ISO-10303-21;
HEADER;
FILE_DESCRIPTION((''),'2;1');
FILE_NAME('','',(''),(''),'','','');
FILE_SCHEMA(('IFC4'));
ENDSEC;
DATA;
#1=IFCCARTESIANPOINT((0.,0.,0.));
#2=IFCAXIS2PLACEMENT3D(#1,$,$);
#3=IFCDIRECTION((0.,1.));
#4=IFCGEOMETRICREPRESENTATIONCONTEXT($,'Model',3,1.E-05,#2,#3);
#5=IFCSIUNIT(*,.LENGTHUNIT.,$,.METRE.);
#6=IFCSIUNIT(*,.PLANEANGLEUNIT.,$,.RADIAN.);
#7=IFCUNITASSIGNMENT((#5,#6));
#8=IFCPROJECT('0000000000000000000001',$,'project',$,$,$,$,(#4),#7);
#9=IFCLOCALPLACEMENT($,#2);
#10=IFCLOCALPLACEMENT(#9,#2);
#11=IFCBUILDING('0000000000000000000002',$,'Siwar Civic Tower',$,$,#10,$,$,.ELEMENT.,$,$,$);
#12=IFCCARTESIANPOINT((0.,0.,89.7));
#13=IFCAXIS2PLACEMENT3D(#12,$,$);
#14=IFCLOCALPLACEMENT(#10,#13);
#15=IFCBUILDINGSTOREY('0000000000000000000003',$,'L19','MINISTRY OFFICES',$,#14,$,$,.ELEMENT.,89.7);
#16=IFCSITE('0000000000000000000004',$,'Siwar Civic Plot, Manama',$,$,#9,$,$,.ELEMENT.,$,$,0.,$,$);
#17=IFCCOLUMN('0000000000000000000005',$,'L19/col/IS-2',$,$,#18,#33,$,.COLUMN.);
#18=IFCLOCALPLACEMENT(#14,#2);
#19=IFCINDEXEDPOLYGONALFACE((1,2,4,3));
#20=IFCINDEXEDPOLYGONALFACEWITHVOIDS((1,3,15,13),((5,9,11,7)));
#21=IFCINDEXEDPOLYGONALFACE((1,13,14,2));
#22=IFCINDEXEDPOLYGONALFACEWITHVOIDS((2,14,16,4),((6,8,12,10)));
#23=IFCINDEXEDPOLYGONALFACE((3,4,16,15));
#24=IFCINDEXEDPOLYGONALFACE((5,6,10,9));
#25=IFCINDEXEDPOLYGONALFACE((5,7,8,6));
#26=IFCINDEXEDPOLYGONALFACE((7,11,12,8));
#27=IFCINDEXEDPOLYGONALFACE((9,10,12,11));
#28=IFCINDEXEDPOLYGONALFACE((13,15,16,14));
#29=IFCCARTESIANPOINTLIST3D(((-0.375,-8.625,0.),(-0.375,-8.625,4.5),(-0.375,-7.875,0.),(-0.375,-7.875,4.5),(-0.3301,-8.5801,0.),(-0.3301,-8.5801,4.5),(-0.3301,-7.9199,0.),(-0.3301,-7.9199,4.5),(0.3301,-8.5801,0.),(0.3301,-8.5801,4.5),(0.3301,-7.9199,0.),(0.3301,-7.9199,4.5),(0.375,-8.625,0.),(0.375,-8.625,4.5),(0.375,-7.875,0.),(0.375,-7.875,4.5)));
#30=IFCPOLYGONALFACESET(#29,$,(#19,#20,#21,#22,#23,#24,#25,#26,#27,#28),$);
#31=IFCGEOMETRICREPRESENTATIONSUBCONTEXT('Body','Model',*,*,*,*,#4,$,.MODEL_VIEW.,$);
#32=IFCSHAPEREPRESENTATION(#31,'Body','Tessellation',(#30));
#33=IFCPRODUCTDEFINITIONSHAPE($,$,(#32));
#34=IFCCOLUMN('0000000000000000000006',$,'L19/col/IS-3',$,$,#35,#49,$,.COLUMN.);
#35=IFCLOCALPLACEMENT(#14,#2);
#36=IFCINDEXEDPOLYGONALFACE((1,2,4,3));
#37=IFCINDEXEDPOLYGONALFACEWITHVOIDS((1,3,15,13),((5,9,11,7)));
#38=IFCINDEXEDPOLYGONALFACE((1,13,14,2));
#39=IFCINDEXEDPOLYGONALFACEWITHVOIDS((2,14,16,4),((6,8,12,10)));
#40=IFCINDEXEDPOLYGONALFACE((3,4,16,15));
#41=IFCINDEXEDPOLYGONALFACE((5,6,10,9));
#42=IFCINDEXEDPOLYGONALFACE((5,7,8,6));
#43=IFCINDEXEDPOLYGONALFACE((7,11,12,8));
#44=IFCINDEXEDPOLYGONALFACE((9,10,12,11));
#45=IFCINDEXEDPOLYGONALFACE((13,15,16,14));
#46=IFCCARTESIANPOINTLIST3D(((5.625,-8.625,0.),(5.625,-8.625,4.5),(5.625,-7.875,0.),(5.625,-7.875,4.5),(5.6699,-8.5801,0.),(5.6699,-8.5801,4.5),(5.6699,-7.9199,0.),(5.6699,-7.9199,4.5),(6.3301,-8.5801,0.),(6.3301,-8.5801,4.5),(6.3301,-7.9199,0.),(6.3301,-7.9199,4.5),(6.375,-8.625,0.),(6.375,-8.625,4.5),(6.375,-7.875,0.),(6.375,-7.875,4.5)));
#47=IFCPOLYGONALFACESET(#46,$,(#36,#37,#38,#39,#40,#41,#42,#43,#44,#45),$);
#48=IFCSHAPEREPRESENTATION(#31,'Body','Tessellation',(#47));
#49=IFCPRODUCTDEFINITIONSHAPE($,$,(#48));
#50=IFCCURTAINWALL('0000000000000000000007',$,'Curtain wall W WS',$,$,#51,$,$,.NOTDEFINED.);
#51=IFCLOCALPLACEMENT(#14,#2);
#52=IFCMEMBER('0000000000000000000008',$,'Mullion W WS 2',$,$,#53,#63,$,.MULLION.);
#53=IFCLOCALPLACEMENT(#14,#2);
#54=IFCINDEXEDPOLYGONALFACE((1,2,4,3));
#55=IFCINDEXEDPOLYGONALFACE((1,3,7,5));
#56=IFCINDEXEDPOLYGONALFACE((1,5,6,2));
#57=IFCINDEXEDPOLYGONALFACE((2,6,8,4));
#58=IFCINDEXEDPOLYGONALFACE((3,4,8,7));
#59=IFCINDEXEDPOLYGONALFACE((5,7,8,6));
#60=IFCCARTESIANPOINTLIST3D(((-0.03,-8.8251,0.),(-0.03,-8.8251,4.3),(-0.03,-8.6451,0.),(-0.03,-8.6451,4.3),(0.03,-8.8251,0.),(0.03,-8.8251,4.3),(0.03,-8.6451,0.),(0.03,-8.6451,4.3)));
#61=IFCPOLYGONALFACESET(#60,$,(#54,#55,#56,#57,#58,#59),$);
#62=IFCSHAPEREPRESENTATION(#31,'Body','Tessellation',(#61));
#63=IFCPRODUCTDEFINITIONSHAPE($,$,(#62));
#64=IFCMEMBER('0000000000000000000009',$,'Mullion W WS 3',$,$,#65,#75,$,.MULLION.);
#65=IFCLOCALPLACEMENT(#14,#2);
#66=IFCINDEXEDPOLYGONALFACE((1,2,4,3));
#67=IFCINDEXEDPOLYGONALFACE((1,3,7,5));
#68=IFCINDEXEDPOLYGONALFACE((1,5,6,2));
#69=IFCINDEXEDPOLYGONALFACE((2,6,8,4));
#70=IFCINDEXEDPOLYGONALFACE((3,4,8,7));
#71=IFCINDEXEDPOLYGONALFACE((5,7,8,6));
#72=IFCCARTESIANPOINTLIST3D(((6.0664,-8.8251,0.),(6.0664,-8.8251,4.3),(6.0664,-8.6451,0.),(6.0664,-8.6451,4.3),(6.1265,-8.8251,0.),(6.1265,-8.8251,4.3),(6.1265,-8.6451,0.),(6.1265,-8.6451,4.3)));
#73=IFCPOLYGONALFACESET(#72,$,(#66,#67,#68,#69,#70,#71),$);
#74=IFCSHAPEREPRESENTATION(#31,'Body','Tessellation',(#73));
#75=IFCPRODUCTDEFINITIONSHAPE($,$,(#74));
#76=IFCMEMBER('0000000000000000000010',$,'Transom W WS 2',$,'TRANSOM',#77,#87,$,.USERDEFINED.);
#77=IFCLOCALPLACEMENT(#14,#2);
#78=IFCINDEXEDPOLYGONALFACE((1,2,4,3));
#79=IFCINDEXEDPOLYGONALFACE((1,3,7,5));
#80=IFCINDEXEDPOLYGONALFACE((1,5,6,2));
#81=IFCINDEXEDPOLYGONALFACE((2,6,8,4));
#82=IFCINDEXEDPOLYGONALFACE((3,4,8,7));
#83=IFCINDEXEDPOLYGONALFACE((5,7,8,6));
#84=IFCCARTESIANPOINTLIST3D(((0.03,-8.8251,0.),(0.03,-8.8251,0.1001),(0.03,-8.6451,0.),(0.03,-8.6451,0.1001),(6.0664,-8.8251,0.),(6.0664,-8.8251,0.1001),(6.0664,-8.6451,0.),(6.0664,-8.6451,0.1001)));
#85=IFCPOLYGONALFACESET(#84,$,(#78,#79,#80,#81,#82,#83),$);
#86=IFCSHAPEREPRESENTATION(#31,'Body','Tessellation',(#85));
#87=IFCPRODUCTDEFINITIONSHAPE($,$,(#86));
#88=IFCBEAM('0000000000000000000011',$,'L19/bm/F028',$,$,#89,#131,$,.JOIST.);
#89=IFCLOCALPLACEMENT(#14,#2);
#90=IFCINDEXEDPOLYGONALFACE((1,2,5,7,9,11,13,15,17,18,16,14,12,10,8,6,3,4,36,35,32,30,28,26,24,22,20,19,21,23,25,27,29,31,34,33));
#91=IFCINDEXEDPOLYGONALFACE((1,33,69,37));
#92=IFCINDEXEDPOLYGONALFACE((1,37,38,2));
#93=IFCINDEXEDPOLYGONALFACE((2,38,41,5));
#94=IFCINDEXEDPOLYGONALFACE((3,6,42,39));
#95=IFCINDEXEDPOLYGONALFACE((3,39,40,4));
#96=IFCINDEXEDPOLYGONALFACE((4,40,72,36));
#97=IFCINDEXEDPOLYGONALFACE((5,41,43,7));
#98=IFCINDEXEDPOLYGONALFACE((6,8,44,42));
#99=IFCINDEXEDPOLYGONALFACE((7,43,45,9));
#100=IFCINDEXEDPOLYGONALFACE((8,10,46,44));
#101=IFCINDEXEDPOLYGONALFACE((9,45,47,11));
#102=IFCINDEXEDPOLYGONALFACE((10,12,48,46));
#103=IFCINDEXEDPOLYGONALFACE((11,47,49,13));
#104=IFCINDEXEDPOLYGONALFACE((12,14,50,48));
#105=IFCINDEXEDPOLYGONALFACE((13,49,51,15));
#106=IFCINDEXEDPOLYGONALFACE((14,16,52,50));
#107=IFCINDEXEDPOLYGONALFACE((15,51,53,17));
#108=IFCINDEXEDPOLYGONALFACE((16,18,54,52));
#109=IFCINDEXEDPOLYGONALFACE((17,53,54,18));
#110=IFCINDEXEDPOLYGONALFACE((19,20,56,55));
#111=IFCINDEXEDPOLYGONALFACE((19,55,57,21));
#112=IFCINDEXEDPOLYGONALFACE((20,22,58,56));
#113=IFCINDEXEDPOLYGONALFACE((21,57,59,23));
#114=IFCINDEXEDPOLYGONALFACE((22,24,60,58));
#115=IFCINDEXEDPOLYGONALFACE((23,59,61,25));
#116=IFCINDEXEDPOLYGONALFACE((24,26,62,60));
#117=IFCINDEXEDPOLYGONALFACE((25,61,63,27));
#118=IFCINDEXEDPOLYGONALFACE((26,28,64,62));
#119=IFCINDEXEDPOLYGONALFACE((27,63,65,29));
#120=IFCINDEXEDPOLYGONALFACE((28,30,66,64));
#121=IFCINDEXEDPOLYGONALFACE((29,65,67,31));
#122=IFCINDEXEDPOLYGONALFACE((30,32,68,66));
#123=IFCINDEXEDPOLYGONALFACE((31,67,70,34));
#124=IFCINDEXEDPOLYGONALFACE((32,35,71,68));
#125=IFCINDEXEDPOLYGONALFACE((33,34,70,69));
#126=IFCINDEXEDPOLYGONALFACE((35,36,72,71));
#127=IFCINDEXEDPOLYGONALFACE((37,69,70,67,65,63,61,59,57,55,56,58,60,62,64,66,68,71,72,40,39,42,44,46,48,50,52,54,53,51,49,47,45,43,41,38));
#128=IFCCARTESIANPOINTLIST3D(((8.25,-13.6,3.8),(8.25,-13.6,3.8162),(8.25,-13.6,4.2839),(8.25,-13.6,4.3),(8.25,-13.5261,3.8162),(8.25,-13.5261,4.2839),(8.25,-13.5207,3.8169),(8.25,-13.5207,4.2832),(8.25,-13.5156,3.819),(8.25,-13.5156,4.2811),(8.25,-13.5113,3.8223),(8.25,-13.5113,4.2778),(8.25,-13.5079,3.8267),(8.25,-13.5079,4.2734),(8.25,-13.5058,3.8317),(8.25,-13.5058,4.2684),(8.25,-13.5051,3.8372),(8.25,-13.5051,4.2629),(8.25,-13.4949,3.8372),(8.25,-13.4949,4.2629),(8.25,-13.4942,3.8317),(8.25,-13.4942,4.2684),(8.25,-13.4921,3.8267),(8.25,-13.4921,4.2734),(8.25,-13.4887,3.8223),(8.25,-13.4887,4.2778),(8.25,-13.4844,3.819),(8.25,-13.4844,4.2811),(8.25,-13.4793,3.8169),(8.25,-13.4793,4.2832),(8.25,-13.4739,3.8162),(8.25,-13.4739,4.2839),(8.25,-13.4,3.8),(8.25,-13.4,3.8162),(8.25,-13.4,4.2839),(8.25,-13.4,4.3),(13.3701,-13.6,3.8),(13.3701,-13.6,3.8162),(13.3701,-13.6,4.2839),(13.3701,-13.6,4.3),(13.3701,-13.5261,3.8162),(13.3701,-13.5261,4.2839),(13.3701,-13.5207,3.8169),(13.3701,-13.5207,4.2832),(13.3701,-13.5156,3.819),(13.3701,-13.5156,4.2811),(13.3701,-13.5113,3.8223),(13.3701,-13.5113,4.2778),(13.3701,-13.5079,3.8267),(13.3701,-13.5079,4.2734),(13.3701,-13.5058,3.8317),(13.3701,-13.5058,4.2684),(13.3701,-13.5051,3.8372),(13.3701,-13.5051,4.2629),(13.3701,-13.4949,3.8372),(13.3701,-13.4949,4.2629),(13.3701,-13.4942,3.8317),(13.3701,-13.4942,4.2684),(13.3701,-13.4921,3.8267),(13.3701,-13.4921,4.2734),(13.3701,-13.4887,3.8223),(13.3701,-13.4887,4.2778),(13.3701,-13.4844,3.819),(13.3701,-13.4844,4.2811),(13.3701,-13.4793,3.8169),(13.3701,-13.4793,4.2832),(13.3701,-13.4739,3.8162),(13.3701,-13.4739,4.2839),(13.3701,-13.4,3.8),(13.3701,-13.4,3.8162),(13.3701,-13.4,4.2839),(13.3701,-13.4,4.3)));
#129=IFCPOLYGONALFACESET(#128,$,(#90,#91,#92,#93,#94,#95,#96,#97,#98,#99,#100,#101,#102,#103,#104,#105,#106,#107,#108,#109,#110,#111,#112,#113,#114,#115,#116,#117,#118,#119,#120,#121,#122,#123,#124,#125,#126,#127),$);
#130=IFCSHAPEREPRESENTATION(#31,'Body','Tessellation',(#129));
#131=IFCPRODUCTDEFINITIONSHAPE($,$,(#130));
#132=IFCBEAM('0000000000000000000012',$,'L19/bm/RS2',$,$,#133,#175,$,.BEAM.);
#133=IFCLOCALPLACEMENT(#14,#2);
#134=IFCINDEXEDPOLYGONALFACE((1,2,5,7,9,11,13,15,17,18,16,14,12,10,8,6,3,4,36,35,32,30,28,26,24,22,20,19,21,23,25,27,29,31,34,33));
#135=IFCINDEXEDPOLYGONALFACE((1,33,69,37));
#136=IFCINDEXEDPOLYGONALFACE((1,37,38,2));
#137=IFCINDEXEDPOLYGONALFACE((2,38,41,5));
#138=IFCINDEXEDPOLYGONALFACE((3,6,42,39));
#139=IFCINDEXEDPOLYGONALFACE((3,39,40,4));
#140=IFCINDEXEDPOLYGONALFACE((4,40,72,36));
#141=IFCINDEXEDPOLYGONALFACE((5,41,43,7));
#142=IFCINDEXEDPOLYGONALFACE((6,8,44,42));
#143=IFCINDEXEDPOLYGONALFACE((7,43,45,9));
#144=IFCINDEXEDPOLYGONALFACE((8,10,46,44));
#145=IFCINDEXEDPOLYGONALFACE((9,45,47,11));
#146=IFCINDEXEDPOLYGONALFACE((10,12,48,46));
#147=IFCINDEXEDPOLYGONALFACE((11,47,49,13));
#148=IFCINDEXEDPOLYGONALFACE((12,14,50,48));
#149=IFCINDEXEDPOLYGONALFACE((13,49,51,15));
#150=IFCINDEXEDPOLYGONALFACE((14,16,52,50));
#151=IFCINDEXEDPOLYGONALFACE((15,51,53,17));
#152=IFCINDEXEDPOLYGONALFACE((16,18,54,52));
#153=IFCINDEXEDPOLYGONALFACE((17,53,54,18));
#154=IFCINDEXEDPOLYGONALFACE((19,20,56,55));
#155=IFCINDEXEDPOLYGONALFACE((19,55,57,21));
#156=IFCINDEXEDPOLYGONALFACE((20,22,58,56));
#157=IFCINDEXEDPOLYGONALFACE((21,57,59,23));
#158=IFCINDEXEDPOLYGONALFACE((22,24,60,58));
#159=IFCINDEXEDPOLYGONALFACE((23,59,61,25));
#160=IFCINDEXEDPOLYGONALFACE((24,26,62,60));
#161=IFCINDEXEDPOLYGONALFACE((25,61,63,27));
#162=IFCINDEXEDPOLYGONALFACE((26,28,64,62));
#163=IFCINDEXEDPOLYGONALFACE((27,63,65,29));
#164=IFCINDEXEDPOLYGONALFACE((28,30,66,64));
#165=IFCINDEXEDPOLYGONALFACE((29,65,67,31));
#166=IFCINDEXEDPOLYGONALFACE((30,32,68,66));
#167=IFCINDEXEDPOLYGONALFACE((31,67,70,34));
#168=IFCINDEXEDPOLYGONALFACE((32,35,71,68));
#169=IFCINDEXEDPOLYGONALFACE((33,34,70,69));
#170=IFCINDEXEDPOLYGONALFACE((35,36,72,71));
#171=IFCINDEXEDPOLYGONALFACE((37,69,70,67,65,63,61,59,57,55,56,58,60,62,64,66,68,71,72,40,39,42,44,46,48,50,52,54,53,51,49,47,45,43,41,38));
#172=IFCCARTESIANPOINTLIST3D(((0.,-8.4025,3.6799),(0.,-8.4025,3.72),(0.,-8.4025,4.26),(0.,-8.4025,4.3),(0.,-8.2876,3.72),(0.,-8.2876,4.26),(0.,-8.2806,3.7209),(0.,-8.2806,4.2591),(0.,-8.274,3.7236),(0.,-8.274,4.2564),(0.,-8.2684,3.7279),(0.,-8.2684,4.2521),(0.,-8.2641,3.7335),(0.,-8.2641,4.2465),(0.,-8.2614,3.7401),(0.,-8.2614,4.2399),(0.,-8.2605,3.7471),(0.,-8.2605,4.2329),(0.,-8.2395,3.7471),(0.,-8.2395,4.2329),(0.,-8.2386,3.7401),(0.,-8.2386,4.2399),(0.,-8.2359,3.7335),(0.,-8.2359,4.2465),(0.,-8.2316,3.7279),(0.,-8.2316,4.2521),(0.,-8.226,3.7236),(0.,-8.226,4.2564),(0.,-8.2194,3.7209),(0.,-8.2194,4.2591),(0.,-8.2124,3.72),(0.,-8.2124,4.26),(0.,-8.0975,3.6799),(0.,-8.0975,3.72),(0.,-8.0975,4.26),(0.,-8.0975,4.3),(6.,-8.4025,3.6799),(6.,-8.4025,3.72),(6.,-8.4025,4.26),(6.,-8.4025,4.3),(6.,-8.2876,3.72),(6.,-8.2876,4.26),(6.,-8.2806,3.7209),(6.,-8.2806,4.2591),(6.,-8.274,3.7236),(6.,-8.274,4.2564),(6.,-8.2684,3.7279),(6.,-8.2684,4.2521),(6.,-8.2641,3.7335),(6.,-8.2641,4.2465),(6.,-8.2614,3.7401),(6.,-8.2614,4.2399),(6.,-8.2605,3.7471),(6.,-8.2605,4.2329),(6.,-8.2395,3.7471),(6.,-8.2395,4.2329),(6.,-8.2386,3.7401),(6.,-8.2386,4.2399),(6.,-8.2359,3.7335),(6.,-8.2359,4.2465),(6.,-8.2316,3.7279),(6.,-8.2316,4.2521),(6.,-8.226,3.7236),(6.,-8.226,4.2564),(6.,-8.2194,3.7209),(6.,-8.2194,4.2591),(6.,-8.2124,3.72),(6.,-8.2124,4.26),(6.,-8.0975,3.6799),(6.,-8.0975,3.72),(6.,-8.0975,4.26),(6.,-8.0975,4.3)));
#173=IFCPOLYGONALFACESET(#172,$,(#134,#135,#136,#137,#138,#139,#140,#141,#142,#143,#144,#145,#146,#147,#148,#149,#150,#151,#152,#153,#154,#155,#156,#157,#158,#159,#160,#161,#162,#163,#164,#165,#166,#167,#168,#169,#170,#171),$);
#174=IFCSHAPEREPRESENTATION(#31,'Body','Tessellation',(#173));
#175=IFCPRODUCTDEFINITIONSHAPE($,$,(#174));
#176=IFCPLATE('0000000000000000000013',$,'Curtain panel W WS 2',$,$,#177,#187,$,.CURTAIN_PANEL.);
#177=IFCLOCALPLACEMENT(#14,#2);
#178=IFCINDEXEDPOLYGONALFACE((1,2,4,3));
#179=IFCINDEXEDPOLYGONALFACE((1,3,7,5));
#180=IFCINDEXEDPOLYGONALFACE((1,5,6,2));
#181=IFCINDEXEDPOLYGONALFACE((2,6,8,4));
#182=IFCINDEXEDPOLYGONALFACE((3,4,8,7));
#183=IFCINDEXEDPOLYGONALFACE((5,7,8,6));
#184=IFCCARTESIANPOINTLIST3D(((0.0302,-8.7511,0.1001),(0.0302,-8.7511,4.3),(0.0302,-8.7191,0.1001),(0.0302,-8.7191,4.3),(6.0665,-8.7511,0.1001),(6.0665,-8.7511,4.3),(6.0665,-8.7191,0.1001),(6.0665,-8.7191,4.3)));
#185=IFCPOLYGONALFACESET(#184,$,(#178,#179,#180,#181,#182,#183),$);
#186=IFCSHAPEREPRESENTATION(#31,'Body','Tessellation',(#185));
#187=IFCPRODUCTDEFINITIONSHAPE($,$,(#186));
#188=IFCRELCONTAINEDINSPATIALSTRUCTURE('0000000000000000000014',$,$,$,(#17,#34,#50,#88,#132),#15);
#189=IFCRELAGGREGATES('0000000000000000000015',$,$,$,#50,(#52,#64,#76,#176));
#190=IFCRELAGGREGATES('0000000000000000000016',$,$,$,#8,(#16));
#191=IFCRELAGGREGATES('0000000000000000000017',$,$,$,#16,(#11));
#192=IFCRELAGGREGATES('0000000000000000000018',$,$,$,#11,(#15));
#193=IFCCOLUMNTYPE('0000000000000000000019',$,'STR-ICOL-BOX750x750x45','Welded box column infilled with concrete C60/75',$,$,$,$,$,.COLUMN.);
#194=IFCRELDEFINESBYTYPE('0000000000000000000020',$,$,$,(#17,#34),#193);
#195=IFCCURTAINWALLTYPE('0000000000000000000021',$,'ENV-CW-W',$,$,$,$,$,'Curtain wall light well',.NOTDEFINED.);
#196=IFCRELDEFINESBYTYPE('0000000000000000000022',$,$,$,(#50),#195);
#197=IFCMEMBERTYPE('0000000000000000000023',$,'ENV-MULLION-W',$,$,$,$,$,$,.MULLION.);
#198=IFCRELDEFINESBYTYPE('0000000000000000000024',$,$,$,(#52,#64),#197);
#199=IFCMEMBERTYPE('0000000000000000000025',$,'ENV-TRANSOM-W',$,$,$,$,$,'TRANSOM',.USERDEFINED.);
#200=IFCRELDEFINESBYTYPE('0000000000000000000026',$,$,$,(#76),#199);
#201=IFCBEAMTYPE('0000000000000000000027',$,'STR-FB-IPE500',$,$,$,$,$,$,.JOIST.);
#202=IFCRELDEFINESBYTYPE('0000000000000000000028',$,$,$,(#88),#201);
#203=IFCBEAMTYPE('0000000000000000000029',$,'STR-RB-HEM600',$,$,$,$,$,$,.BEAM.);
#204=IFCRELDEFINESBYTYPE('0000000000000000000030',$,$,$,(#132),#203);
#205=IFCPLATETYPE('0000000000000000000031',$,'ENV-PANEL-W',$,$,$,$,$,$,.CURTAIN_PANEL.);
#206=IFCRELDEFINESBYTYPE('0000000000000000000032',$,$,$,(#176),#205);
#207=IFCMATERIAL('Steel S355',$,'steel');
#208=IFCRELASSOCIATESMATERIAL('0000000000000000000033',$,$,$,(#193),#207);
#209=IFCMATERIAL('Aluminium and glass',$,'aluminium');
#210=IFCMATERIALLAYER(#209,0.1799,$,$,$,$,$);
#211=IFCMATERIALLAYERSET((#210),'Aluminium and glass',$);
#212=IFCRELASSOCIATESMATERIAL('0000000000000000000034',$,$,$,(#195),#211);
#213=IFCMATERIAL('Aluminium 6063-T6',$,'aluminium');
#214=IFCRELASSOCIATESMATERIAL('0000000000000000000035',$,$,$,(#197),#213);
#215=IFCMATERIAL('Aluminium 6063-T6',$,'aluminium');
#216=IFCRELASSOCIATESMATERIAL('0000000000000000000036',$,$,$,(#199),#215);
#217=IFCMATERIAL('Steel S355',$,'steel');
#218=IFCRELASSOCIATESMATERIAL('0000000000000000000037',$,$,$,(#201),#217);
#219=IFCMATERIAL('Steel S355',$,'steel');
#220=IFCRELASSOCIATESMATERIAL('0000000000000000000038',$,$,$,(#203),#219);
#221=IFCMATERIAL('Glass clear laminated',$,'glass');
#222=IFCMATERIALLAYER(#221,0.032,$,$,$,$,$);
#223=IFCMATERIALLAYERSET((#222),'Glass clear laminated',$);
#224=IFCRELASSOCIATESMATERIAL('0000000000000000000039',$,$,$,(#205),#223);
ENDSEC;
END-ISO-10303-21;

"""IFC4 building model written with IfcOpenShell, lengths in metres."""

from ifc_helpers import new_model, si_unit, direction, frame, origin, origin_2d, place, context, subcontext, project, spatial, rectangle, hollow_rectangle, i_section, extrude, material, layer, layer_set, material_profile, profile_set, type_object, element, aggregate, save


model = new_model("IFC4")

# Units and contexts
model_context = context("Model", 3, precision=1e-05, world=origin(), true_north=direction((0.0, 1.0)))
body_context = subcontext(model_context, "Body", "Model", "MODEL_VIEW")
ifc_project = project(units=[si_unit("LENGTHUNIT", "METRE"), si_unit("PLANEANGLEUNIT", "RADIAN")], contexts=[model_context])

# Site, building, storey
site_placement = place(None, origin())
site = spatial("IfcSite", under=ifc_project, at=site_placement, Name="Siwar Civic Plot, Manama", CompositionType="ELEMENT", RefElevation=0.0)
building_placement = place(site_placement, origin())
building = spatial("IfcBuilding", under=site, at=building_placement, Name="Siwar Civic Tower", CompositionType="ELEMENT")
storey_placement = place(building_placement, frame((0.0, 0.0, 89.7)))
storey = spatial("IfcBuildingStorey", under=building, at=storey_placement, Name="L19", Description="MINISTRY OFFICES", CompositionType="ELEMENT", Elevation=89.7)

# Columns
ifc_material_1 = material(Name="Steel S355", Category="steel")
ifc_material_profile_1 = material_profile(ifc_material_1, hollow_rectangle(XDim=0.75, YDim=0.75, WallThickness=0.0449, at=origin_2d()), Name="BOX750x750x45")
ifc_profile_set_1 = profile_set([ifc_material_profile_1], Name="Steel S355")
column_type = type_object("IfcColumnType", Name="STR-ICOL-BOX750x750x45", Description="Welded box column infilled with concrete C60/75", PredefinedType="COLUMN", material=ifc_profile_set_1)
for number, where, z_axis, x_axis, name in (
    (1, (0.0, -8.25, 0.0), (0.0, 0.0, 1.0), (1.0, 0.0, 0.0), "L19/col/IS-2"),
    (2, (6.0, -8.25, 0.0), (0.0, 0.0, 1.0), (1.0, 0.0, 0.0), "L19/col/IS-3"),
):
    element("IfcColumn", number, at=place(storey_placement, frame(where, z_axis=z_axis, x_axis=x_axis)), inside=storey, type_object=column_type, Name=name, PredefinedType="COLUMN", context=body_context, shape_type="SweptSolid", body=[
        extrude(hollow_rectangle(XDim=0.75, YDim=0.75, WallThickness=0.0449, at=origin_2d()), origin(), (0.0, 0.0, 1.0), 4.5),
    ])

# Curtain wall, members
ifc_material_2 = material(Name="Aluminium and glass", Category="aluminium")
ifc_layer_1 = layer(ifc_material_2, 0.1799)
ifc_layer_set_1 = layer_set([ifc_layer_1], Name="Aluminium and glass")
curtain_wall_type = type_object("IfcCurtainWallType", Name="ENV-CW-W", ElementType="Curtain wall light well", PredefinedType="NOTDEFINED", material=ifc_layer_set_1)
curtain_wall_placement = place(storey_placement, origin())
curtain_wall = element("IfcCurtainWall", 3, at=curtain_wall_placement, inside=storey, type_object=curtain_wall_type, Name="Curtain wall W WS", PredefinedType="NOTDEFINED")
ifc_material_3 = material(Name="Aluminium 6063-T6", Category="aluminium")
ifc_material_profile_2 = material_profile(ifc_material_3, rectangle(XDim=0.1799, YDim=0.0601, at=origin_2d()), Name="AL 180x60")
ifc_profile_set_2 = profile_set([ifc_material_profile_2], Name="Aluminium 6063-T6")
member_type_1 = type_object("IfcMemberType", Name="ENV-MULLION-W", PredefinedType="MULLION", material=ifc_profile_set_2)
member_1_placement = place(storey_placement, frame((0.0, -8.7351, 0.0), z_axis=(0.0, 0.0, 1.0), x_axis=(0.0, 1.0, 0.0)))
member_1 = element("IfcMember", 4, at=member_1_placement, type_object=member_type_1, Name="Mullion W WS 2", PredefinedType="MULLION", context=body_context, shape_type="SweptSolid", body=[
    extrude(rectangle(XDim=0.1799, YDim=0.0601, at=origin_2d()), origin(), (0.0, 0.0, 1.0), 4.3),
])
member_2_placement = place(storey_placement, frame((6.0964, -8.7351, 0.0), z_axis=(0.0, 0.0, 1.0), x_axis=(0.0, 1.0, 0.0)))
member_2 = element("IfcMember", 5, at=member_2_placement, type_object=member_type_1, Name="Mullion W WS 3", PredefinedType="MULLION", context=body_context, shape_type="SweptSolid", body=[
    extrude(rectangle(XDim=0.1799, YDim=0.0601, at=origin_2d()), origin(), (0.0, 0.0, 1.0), 4.3),
])
ifc_material_4 = material(Name="Aluminium 6063-T6", Category="aluminium")
ifc_material_profile_3 = material_profile(ifc_material_4, rectangle(XDim=0.1799, YDim=0.1001, at=origin_2d()), Name="AL 180x100")
ifc_profile_set_3 = profile_set([ifc_material_profile_3], Name="Aluminium 6063-T6")
member_type_2 = type_object("IfcMemberType", Name="ENV-TRANSOM-W", ElementType="TRANSOM", PredefinedType="USERDEFINED", material=ifc_profile_set_3)
member_3_placement = place(storey_placement, frame((0.03, -8.7351, 0.05), z_axis=(1.0, 0.0, 0.0), x_axis=(0.0, 1.0, 0.0)))
member_3 = element("IfcMember", 6, at=member_3_placement, type_object=member_type_2, Name="Transom W WS 2", ObjectType="TRANSOM", PredefinedType="USERDEFINED", context=body_context, shape_type="SweptSolid", body=[
    extrude(rectangle(XDim=0.1799, YDim=0.1001, at=origin_2d()), origin(), (0.0, 0.0, 1.0), 6.0364),
])

# Beams
ifc_material_5 = material(Name="Steel S355", Category="steel")
ifc_material_profile_4 = material_profile(ifc_material_5, i_section(OverallWidth=0.2, OverallDepth=0.5, WebThickness=0.0103, FlangeThickness=0.0161, FilletRadius=0.021, at=origin_2d()), Name="IPE500")
ifc_profile_set_4 = profile_set([ifc_material_profile_4], Name="Steel S355")
beam_type_1 = type_object("IfcBeamType", Name="STR-FB-IPE500", PredefinedType="JOIST", material=ifc_profile_set_4)
beam_1_placement = place(storey_placement, frame((8.25, -13.5, 4.05), z_axis=(1.0, 0.0, 0.0), x_axis=(0.0, 1.0, 0.0)))
element("IfcBeam", 7, at=beam_1_placement, inside=storey, type_object=beam_type_1, Name="L19/bm/F028", PredefinedType="JOIST", context=body_context, shape_type="SweptSolid", body=[
    extrude(i_section(OverallWidth=0.2, OverallDepth=0.5, WebThickness=0.0103, FlangeThickness=0.0161, FilletRadius=0.021, at=origin_2d()), origin(), (0.0, 0.0, 1.0), 5.1201),
])
ifc_material_6 = material(Name="Steel S355", Category="steel")
ifc_material_profile_5 = material_profile(ifc_material_6, i_section(OverallWidth=0.3049, OverallDepth=0.6201, WebThickness=0.021, FlangeThickness=0.04, FilletRadius=0.0271, at=origin_2d()), Name="HEM600")
ifc_profile_set_5 = profile_set([ifc_material_profile_5], Name="Steel S355")
beam_type_2 = type_object("IfcBeamType", Name="STR-RB-HEM600", PredefinedType="BEAM", material=ifc_profile_set_5)
beam_2_placement = place(storey_placement, frame((0.0, -8.25, 3.99), z_axis=(1.0, 0.0, 0.0), x_axis=(0.0, 1.0, 0.0)))
element("IfcBeam", 8, at=beam_2_placement, inside=storey, type_object=beam_type_2, Name="L19/bm/RS2", PredefinedType="BEAM", context=body_context, shape_type="SweptSolid", body=[
    extrude(i_section(OverallWidth=0.3049, OverallDepth=0.6201, WebThickness=0.021, FlangeThickness=0.04, FilletRadius=0.0271, at=origin_2d()), origin(), (0.0, 0.0, 1.0), 6.0),
])

# Plate
ifc_material_7 = material(Name="Glass clear laminated", Category="glass")
ifc_layer_2 = layer(ifc_material_7, 0.032)
ifc_layer_set_2 = layer_set([ifc_layer_2], Name="Glass clear laminated")
plate_type = type_object("IfcPlateType", Name="ENV-PANEL-W", PredefinedType="CURTAIN_PANEL", material=ifc_layer_set_2)
plate_placement = place(storey_placement, frame((3.0483, -8.7351, 0.1001), z_axis=(0.0, 0.0, 1.0), x_axis=(1.0, 0.0, 0.0)))
plate = element("IfcPlate", 9, at=plate_placement, type_object=plate_type, Name="Curtain panel W WS 2", PredefinedType="CURTAIN_PANEL", context=body_context, shape_type="SweptSolid", body=[
    extrude(rectangle(XDim=6.0364, YDim=0.032, at=origin_2d()), origin(), (0.0, 0.0, 1.0), 4.2),
])
aggregate(curtain_wall, [member_1, member_2, member_3, plate])

save(model, "model.ifc")
